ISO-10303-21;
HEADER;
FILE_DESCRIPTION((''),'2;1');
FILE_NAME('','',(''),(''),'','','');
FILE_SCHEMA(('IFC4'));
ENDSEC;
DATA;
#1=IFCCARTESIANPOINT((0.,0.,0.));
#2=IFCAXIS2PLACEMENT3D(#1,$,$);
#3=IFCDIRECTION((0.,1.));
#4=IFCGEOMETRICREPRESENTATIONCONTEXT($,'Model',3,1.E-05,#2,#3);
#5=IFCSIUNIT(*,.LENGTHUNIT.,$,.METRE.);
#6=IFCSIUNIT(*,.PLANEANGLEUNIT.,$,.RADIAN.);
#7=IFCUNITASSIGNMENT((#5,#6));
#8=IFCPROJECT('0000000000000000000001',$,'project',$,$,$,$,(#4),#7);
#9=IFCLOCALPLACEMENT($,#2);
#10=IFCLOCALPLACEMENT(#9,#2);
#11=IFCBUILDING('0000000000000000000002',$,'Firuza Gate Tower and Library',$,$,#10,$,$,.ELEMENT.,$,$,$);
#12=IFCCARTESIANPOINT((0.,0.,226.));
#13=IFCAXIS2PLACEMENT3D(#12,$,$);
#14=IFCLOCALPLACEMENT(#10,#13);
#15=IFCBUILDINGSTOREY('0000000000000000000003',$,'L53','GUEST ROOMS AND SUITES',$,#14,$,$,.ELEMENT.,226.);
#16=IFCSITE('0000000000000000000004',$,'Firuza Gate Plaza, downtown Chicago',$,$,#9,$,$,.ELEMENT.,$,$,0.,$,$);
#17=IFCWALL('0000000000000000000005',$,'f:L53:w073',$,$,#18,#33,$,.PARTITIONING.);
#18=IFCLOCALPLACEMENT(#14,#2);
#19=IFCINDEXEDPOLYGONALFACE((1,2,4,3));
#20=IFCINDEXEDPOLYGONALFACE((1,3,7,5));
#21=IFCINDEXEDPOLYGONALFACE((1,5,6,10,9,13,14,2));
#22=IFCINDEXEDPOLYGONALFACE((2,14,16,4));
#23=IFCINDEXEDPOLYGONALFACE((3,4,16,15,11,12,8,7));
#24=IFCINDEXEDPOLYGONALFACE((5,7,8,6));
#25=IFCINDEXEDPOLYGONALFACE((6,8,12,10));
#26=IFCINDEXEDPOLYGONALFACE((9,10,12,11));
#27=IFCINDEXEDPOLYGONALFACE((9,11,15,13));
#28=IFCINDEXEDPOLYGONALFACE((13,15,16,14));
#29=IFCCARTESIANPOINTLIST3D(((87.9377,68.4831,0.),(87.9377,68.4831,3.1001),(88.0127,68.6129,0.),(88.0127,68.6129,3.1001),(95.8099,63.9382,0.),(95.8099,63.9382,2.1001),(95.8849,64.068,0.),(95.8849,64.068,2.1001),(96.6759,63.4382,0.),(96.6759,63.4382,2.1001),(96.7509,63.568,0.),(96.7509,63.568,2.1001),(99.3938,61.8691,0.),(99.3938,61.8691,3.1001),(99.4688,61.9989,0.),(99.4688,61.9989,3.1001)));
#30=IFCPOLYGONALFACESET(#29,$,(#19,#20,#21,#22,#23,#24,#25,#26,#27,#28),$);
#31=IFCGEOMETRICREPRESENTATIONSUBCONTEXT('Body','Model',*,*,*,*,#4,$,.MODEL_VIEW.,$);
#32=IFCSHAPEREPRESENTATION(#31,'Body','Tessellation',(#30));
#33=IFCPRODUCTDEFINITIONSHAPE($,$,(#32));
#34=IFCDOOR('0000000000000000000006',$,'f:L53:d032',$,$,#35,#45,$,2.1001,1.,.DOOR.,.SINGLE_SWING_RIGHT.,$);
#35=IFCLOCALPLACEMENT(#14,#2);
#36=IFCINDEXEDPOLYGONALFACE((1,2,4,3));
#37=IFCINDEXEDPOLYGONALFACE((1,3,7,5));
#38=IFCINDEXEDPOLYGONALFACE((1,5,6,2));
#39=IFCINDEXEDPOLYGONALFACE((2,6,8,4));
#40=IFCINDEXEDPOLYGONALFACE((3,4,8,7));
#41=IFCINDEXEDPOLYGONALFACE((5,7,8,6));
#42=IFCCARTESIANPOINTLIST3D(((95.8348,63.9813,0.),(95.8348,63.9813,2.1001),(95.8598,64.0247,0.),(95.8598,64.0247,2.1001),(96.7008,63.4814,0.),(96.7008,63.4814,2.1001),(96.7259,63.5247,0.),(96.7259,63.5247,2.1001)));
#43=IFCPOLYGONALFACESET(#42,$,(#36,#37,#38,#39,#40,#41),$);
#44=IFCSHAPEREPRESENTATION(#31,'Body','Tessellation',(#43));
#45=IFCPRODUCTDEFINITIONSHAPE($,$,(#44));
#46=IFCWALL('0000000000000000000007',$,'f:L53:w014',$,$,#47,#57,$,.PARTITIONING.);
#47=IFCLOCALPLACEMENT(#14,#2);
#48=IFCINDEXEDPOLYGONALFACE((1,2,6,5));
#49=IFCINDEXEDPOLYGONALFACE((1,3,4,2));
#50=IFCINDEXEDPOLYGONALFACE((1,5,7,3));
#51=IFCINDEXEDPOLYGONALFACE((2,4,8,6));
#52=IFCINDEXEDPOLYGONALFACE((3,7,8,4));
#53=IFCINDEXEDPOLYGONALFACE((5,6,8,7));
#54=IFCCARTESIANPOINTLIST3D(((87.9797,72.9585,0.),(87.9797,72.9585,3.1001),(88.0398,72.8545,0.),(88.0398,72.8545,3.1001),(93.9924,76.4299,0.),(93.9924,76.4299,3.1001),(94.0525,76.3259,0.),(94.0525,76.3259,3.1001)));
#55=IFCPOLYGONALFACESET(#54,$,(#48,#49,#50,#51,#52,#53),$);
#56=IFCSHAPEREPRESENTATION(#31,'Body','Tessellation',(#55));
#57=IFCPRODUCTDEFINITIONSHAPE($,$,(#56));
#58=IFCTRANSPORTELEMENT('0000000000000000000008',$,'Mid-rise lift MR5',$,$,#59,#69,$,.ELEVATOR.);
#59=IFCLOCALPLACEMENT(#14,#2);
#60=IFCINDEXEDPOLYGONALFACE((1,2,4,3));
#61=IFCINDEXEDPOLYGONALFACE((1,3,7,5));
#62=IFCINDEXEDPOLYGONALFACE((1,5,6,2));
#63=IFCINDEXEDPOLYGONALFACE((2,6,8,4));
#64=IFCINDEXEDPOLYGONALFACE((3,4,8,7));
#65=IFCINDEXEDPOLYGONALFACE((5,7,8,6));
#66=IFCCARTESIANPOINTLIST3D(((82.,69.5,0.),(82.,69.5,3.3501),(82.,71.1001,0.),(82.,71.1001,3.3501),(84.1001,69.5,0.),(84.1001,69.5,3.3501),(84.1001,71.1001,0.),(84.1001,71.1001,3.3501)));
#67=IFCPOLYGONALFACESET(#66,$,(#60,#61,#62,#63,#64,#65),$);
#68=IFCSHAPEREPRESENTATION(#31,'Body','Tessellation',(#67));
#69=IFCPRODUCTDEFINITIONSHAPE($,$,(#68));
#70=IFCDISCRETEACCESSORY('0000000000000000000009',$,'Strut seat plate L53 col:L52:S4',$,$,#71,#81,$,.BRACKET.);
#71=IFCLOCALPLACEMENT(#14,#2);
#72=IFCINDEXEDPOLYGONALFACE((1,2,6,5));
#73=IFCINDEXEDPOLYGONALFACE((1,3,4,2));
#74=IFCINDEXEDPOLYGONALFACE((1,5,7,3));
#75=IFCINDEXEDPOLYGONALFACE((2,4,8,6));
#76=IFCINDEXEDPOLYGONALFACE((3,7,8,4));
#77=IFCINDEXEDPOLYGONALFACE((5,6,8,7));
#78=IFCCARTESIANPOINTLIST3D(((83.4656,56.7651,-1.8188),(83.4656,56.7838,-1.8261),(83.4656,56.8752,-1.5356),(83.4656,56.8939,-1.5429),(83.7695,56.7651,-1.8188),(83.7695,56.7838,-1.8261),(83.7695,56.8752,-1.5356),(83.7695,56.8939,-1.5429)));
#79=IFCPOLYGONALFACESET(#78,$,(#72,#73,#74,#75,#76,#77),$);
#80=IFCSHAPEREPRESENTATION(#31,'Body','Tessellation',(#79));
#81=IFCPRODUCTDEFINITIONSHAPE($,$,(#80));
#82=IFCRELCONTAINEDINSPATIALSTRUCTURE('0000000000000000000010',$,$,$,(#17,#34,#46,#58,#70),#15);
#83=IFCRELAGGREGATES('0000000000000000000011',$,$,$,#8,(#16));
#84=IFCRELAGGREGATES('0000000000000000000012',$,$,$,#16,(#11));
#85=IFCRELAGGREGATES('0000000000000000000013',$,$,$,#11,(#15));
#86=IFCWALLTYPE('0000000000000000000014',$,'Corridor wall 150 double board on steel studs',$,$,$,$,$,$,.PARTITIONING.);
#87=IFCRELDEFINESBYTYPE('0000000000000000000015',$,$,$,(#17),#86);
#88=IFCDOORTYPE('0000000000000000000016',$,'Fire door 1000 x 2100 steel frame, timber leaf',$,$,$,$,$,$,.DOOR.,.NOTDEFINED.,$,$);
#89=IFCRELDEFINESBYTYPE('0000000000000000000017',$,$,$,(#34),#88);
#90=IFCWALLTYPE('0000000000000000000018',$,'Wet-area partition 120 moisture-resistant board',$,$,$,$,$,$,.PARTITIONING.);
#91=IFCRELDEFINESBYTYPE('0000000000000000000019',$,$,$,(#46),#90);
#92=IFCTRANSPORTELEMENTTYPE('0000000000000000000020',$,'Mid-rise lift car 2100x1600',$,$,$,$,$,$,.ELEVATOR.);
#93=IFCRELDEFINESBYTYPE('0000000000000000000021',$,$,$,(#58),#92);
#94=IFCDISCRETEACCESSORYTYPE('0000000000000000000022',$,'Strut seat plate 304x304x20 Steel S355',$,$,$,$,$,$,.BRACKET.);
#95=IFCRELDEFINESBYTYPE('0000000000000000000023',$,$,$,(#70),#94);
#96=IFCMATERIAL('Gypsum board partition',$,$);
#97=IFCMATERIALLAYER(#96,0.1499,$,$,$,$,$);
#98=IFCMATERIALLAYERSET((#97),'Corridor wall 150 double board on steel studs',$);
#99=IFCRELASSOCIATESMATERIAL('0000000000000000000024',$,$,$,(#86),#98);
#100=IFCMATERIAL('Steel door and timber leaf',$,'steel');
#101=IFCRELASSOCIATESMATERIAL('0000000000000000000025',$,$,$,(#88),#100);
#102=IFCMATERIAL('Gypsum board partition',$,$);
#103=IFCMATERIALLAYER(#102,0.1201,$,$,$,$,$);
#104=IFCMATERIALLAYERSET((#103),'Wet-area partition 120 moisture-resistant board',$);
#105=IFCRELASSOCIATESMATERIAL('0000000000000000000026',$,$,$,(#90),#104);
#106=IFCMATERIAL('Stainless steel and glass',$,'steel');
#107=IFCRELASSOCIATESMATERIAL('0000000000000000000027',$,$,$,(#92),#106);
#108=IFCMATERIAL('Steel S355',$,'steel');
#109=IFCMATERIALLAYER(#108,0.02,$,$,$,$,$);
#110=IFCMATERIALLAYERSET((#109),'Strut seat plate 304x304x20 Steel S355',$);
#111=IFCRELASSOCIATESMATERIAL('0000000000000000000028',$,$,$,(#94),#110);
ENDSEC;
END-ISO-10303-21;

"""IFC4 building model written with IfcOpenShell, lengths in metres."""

from ifc_helpers import new_model, si_unit, direction, frame, frame_2d, origin, origin_2d, place, context, subcontext, project, spatial, polyline, rectangle, outline, extrude, material, layer, layer_set, type_object, element, fill, save


model = new_model("IFC4")

# Units and contexts
model_context = context("Model", 3, precision=1e-05, world=origin(), true_north=direction((0.0, 1.0)))
body_context = subcontext(model_context, "Body", "Model", "MODEL_VIEW")
ifc_project = project(units=[si_unit("LENGTHUNIT", "METRE"), si_unit("PLANEANGLEUNIT", "RADIAN")], contexts=[model_context])

# Site, building, storey
site_placement = place(None, origin())
site = spatial("IfcSite", under=ifc_project, at=site_placement, Name="Firuza Gate Plaza, downtown Chicago", CompositionType="ELEMENT", RefElevation=0.0)
building_placement = place(site_placement, origin())
building = spatial("IfcBuilding", under=site, at=building_placement, Name="Firuza Gate Tower and Library", CompositionType="ELEMENT")
storey_placement = place(building_placement, frame((0.0, 0.0, 226.0)))
storey = spatial("IfcBuildingStorey", under=building, at=storey_placement, Name="L53", Description="GUEST ROOMS AND SUITES", CompositionType="ELEMENT", Elevation=226.0)

# Shared definitions
ifc_material_1 = material(Name="Gypsum board partition")
ifc_layer_1 = layer(ifc_material_1, 0.1499)
ifc_layer_set_1 = layer_set([ifc_layer_1], Name="Corridor wall 150 double board on steel studs")
wall_type_1 = type_object("IfcWallType", Name="Corridor wall 150 double board on steel studs", PredefinedType="PARTITIONING", material=ifc_layer_set_1)
ifc_material_2 = material(Name="Steel door and timber leaf", Category="steel")
door_type_1 = type_object("IfcDoorType", Name="Fire door 1000 x 2100 steel frame, timber leaf", OperationType="NOTDEFINED", PredefinedType="DOOR", material=ifc_material_2)

# Wall, opening, door
wall_1_placement = place(storey_placement, frame((87.9751, 68.5481, 0.0), z_axis=(0.0, 0.0, 1.0), x_axis=(0.86603, -0.499992, 0.0)))
wall_1 = element("IfcWall", 1, at=wall_1_placement, inside=storey, type_object=wall_type_1, Name="f:L53:w073", PredefinedType="PARTITIONING", context=body_context, shape_type="SweptSolid", body=[
    extrude(rectangle(XDim=13.2283, YDim=0.1499, at=frame_2d((6.6143, 0.0))), origin(), (0.0, 0.0, 1.0), 3.1001),
])
opening_1_placement = place(wall_1_placement, frame((9.0901, 0.0, 0.0)))
opening_1 = element("IfcOpeningElement", 2, at=opening_1_placement, cuts=wall_1, PredefinedType="OPENING", context=body_context, shape_type="SweptSolid", body=[
    extrude(rectangle(XDim=1.0, YDim=2.1001, at=frame_2d((0.5, 1.05))), frame((0.0, 0.085, 0.0), z_axis=(0.0, -1.0, 0.0), x_axis=(1.0, 0.0, 0.0)), (0.0, 0.0, 1.0), 0.1699),
])
door_1_placement = place(opening_1_placement, origin())
door_1 = element("IfcDoor", 3, at=door_1_placement, inside=storey, type_object=door_type_1, Name="f:L53:d032", OperationType="SINGLE_SWING_RIGHT", OverallHeight=2.1001, OverallWidth=1.0, PredefinedType="DOOR", context=body_context, shape_type="SweptSolid", body=[
    extrude(rectangle(XDim=1.0, YDim=2.1001, at=frame_2d((0.5, 1.05))), frame((0.0, 0.0249, 0.0), z_axis=(0.0, -1.0, 0.0), x_axis=(1.0, 0.0, 0.0)), (0.0, 0.0, 1.0), 0.05),
])
fill(opening_1, door_1)

# Wall
ifc_material_3 = material(Name="Gypsum board partition")
ifc_layer_2 = layer(ifc_material_3, 0.1201)
ifc_layer_set_2 = layer_set([ifc_layer_2], Name="Wet-area partition 120 moisture-resistant board")
wall_type_2 = type_object("IfcWallType", Name="Wet-area partition 120 moisture-resistant board", PredefinedType="PARTITIONING", material=ifc_layer_set_2)
wall_2_placement = place(storey_placement, frame((88.0098, 72.9065, 0.0), z_axis=(0.0, 0.0, 1.0), x_axis=(0.866025, 0.5, 0.0)))
element("IfcWall", 4, at=wall_2_placement, inside=storey, type_object=wall_type_2, Name="f:L53:w014", PredefinedType="PARTITIONING", context=body_context, shape_type="SweptSolid", body=[
    extrude(rectangle(XDim=6.9429, YDim=0.1201, at=frame_2d((3.4714, 0.0))), origin(), (0.0, 0.0, 1.0), 3.1001),
])

# Transport element
ifc_material_4 = material(Name="Stainless steel and glass", Category="steel")
transport_element_type = type_object("IfcTransportElementType", Name="Mid-rise lift car 2100x1600", PredefinedType="ELEVATOR", material=ifc_material_4)
transport_element_placement = place(storey_placement, frame((83.05, 70.3, 0.0), z_axis=(0.0, 0.0, 1.0), x_axis=(1.0, 0.0, 0.0)))
element("IfcTransportElement", 5, at=transport_element_placement, inside=storey, type_object=transport_element_type, Name="Mid-rise lift MR5", PredefinedType="ELEVATOR", context=body_context, shape_type="SweptSolid", body=[
    extrude(rectangle(XDim=2.1001, YDim=1.6001, at=origin_2d()), origin(), (0.0, 0.0, 1.0), 3.3501),
])

# Discrete accessory
ifc_material_5 = material(Name="Steel S355", Category="steel")
ifc_layer_3 = layer(ifc_material_5, 0.02)
ifc_layer_set_3 = layer_set([ifc_layer_3], Name="Strut seat plate 304x304x20 Steel S355")
discrete_accessory_type = type_object("IfcDiscreteAccessoryType", Name="Strut seat plate 304x304x20 Steel S355", PredefinedType="BRACKET", material=ifc_layer_set_3)
discrete_accessory_placement = place(storey_placement, frame((83.7695, 56.8752, -1.5356), z_axis=(0.0, -0.932035, 0.362369), x_axis=(-1.0, 0.0, 0.0)))
element("IfcDiscreteAccessory", 6, at=discrete_accessory_placement, inside=storey, type_object=discrete_accessory_type, Name="Strut seat plate L53 col:L52:S4", PredefinedType="BRACKET", context=body_context, shape_type="SweptSolid", body=[
    extrude(outline(polyline([(0.0, 0.0), (0.304, 0.0), (0.304, 0.3039), (0.0, 0.3039), (0.0, 0.0)])), origin(), (0.0, 0.0, -1.0), 0.02),
])

save(model, "model.ifc")
